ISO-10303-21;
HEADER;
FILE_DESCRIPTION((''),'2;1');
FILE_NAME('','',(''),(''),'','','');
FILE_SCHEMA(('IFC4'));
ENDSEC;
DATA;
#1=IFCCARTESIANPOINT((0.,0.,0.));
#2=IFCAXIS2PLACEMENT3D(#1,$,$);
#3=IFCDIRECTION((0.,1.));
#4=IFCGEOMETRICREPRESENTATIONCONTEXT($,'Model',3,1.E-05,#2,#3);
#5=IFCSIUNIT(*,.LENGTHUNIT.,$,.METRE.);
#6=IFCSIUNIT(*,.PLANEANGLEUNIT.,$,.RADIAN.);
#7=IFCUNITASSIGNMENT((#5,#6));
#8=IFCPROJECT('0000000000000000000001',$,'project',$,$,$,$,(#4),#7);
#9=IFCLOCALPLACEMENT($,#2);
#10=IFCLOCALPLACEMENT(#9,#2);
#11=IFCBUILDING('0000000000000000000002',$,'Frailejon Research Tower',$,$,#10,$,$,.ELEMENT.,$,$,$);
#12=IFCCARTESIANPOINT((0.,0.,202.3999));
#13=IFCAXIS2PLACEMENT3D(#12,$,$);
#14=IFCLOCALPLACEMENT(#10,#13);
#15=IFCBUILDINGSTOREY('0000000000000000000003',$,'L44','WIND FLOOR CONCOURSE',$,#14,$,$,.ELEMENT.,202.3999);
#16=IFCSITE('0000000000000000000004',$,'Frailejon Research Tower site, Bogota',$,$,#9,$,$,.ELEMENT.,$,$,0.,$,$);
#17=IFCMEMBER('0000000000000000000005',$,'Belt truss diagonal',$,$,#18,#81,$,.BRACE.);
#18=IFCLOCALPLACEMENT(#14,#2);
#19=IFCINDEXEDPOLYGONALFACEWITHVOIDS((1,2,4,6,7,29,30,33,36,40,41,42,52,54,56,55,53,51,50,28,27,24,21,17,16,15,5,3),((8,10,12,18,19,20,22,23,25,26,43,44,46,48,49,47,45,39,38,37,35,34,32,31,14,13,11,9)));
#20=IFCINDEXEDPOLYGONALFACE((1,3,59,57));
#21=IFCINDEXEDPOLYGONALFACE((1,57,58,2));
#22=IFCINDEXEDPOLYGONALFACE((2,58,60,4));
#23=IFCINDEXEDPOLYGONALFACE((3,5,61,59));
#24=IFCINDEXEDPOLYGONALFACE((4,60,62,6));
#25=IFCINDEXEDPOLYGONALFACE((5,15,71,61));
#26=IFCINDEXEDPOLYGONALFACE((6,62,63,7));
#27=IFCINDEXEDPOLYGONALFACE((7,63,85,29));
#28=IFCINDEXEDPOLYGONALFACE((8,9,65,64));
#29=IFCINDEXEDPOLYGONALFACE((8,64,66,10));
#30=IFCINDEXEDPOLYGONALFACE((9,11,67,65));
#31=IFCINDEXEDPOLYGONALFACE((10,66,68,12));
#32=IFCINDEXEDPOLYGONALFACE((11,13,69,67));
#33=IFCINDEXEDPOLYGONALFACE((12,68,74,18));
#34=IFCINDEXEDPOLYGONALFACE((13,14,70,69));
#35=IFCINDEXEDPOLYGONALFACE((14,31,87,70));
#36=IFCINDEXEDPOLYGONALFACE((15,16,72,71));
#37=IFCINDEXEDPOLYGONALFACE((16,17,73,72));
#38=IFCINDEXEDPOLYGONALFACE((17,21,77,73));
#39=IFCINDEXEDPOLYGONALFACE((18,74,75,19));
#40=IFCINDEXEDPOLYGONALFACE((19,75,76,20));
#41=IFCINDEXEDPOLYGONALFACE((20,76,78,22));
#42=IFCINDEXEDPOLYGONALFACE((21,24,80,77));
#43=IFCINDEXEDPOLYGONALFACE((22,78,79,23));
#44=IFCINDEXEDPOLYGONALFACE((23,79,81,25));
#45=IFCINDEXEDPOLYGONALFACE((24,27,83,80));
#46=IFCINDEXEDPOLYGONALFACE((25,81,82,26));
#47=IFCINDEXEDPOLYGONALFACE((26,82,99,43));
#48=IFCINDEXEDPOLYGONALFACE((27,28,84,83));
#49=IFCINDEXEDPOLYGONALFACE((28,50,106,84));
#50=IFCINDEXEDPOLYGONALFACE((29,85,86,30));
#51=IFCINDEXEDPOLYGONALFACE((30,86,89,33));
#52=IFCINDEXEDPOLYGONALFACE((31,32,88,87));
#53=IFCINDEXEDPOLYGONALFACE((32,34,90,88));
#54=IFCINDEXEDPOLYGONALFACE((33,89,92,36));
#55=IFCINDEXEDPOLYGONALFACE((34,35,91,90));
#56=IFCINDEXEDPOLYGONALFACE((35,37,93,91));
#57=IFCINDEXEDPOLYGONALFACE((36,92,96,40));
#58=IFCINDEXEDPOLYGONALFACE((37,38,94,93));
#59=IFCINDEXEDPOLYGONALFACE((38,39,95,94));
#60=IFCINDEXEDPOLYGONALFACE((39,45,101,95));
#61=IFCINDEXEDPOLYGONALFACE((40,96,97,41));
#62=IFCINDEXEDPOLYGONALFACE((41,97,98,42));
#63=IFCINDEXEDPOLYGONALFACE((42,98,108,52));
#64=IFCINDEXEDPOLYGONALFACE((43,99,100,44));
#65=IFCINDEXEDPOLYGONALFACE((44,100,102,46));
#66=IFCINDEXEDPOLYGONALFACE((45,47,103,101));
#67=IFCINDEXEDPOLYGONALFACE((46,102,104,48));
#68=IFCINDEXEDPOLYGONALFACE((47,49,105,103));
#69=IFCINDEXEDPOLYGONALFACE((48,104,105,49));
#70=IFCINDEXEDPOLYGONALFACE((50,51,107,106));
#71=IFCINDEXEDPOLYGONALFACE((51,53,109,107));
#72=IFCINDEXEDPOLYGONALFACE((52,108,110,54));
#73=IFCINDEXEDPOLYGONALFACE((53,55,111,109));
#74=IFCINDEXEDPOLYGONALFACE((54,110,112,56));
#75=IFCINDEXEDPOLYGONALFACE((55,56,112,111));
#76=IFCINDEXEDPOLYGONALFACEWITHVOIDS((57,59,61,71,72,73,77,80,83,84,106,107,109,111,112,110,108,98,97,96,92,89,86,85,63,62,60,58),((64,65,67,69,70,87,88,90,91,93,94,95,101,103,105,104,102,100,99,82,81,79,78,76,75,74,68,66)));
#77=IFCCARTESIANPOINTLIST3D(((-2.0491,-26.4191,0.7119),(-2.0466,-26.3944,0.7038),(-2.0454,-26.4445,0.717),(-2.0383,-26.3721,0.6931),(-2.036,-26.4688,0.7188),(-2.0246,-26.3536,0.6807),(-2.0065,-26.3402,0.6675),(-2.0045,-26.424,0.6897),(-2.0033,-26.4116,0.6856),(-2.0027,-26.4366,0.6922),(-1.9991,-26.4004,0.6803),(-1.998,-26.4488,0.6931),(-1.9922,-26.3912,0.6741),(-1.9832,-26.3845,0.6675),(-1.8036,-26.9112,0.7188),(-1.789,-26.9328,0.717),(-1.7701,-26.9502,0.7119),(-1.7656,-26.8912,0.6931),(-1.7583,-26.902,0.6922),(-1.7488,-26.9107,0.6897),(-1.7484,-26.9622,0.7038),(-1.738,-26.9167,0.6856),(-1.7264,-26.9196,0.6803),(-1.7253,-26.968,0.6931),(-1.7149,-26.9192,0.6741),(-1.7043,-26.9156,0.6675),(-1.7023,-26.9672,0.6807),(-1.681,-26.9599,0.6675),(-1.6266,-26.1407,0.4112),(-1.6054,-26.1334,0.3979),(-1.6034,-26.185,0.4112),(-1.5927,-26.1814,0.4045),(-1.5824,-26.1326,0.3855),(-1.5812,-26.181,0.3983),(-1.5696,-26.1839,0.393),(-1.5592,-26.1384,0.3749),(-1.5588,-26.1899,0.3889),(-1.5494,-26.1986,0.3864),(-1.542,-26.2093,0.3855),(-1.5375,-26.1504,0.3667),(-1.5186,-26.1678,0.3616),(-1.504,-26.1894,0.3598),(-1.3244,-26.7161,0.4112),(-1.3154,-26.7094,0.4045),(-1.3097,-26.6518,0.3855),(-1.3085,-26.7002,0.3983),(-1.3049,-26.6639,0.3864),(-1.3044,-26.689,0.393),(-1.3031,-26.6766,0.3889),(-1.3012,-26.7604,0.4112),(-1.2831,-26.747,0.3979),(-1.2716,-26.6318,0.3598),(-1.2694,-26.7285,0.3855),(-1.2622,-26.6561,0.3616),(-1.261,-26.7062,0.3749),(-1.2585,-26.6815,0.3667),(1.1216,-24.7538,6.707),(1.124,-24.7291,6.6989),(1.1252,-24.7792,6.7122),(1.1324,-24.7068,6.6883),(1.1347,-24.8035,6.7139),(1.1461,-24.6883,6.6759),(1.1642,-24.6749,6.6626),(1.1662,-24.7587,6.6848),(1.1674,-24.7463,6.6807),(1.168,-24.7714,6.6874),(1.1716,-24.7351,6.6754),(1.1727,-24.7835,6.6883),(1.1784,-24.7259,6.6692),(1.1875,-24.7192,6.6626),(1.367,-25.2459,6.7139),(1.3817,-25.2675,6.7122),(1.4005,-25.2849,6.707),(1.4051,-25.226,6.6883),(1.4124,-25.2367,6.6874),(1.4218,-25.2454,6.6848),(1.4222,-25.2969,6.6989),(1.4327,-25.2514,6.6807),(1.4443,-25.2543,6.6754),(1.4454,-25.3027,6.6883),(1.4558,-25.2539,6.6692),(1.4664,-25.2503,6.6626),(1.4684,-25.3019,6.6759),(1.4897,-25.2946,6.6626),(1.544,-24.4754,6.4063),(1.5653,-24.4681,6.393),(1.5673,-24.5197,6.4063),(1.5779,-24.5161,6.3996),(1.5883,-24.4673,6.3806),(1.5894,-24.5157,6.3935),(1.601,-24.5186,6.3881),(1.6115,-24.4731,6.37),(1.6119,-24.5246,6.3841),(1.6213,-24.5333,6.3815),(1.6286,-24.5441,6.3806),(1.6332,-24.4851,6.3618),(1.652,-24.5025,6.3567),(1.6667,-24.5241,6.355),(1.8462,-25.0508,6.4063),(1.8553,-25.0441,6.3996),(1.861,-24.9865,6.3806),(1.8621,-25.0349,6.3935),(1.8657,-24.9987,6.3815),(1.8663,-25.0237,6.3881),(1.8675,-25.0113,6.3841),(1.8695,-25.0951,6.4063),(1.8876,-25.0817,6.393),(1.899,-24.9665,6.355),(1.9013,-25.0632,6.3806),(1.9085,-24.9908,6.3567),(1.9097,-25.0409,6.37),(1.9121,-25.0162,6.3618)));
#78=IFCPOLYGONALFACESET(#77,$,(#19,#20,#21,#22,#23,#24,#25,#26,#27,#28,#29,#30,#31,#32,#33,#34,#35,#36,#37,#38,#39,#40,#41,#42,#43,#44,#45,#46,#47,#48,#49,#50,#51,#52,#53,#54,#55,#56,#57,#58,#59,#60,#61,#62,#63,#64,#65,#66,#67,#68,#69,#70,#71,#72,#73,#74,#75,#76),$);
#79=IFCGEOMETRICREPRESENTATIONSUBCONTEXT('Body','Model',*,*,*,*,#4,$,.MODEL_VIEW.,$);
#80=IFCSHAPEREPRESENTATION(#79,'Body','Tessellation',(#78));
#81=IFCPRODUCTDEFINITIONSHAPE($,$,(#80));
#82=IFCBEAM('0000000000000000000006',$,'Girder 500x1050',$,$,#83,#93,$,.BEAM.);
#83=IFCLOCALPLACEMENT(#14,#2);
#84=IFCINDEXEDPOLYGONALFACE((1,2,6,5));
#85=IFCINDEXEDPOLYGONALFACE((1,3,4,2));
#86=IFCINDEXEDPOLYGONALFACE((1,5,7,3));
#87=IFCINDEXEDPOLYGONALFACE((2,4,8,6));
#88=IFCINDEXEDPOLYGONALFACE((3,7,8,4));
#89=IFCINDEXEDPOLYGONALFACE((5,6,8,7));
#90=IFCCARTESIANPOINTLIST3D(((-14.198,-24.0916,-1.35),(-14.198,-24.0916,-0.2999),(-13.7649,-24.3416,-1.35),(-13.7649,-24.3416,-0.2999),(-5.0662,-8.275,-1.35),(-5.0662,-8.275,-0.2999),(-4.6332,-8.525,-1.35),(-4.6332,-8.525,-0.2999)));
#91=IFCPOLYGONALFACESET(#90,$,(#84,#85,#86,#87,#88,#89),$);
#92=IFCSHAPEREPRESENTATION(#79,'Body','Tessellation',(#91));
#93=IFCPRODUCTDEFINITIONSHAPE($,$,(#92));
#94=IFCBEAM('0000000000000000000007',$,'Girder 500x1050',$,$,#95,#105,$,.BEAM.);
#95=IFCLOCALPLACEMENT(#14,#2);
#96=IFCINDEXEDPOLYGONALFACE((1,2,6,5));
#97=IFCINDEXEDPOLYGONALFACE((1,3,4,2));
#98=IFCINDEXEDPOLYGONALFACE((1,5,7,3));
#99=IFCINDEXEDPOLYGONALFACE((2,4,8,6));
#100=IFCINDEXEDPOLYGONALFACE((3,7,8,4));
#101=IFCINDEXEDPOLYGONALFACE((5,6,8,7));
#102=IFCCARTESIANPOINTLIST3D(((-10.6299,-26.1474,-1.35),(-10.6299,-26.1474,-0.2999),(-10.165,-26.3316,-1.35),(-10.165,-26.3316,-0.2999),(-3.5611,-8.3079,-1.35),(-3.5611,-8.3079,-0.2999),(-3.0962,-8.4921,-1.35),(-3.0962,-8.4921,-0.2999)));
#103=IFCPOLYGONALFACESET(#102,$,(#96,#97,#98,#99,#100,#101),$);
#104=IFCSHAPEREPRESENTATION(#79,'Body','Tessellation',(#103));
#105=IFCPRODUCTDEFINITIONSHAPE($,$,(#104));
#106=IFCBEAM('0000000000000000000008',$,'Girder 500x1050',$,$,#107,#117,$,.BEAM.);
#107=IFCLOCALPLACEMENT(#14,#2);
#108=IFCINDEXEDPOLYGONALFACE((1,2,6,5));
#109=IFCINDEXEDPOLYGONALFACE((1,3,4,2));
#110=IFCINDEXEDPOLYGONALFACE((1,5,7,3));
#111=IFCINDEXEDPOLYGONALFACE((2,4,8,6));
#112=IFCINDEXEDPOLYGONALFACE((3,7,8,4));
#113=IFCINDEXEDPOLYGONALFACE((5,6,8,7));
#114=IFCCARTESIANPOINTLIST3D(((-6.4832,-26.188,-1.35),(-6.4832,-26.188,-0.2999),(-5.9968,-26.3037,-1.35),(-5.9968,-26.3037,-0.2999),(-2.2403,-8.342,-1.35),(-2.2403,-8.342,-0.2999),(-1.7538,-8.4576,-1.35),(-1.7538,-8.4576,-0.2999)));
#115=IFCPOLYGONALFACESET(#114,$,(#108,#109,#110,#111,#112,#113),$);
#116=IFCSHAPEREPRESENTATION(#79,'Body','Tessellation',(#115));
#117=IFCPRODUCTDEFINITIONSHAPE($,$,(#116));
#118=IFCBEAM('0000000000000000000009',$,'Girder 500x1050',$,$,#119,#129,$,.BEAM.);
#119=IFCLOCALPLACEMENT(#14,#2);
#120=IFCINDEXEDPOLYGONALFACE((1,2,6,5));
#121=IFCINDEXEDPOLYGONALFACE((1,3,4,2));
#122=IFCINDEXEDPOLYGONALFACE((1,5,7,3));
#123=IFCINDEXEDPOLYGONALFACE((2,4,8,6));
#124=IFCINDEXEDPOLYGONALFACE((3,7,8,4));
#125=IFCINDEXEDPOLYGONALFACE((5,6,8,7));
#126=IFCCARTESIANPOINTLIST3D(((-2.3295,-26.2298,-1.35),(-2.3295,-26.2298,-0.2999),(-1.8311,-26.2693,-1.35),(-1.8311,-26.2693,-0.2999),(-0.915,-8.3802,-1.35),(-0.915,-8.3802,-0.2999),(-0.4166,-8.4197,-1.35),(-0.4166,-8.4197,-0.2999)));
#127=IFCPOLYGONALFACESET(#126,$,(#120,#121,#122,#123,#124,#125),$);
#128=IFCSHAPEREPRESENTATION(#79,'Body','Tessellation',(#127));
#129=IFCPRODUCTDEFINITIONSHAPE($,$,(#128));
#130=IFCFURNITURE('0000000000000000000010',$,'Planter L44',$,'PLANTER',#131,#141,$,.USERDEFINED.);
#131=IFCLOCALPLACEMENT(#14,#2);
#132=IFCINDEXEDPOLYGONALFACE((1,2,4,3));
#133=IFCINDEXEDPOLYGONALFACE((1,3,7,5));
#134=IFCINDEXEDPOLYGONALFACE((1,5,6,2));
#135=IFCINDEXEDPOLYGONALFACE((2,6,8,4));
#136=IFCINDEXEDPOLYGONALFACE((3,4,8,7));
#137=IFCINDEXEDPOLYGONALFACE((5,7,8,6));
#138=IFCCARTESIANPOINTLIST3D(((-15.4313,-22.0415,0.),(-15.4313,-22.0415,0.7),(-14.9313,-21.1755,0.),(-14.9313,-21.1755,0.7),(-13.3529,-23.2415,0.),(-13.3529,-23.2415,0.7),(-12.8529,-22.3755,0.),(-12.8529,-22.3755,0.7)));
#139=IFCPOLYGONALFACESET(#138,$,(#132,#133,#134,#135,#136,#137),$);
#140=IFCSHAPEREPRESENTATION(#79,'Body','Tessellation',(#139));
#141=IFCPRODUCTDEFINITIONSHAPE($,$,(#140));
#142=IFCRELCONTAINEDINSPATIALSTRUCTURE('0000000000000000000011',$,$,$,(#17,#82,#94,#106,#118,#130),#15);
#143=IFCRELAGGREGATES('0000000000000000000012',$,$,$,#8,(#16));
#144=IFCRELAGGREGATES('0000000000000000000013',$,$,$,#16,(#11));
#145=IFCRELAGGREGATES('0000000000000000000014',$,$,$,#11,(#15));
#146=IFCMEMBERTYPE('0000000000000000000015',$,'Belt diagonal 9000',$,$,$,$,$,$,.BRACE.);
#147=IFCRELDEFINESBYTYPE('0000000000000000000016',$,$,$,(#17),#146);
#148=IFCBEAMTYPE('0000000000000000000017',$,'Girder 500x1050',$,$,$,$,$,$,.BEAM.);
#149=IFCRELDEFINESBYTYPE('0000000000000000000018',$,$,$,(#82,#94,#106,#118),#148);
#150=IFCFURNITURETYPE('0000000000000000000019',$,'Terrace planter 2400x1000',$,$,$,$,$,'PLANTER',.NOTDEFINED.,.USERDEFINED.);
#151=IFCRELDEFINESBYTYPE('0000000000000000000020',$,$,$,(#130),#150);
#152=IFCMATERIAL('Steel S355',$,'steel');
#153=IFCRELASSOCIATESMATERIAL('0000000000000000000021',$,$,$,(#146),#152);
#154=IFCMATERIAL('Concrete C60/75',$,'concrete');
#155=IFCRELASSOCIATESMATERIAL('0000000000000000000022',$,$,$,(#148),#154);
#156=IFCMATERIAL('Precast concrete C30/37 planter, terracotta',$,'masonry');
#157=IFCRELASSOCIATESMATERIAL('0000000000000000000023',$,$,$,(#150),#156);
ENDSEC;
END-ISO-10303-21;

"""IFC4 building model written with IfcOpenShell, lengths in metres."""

from ifc_helpers import new_model, si_unit, direction, frame, origin, origin_2d, place, context, subcontext, project, spatial, rectangle, hollow_rectangle, extrude, material, material_profile, profile_set, type_object, element, save


model = new_model("IFC4")

# Units and contexts
model_context = context("Model", 3, precision=1e-05, world=origin(), true_north=direction((0.0, 1.0)))
body_context = subcontext(model_context, "Body", "Model", "MODEL_VIEW")
ifc_project = project(units=[si_unit("LENGTHUNIT", "METRE"), si_unit("PLANEANGLEUNIT", "RADIAN")], contexts=[model_context])

# Site, building, storey
site_placement = place(None, origin())
site = spatial("IfcSite", under=ifc_project, at=site_placement, Name="Frailejon Research Tower site, Bogota", CompositionType="ELEMENT", RefElevation=0.0)
building_placement = place(site_placement, origin())
building = spatial("IfcBuilding", under=site, at=building_placement, Name="Frailejon Research Tower", CompositionType="ELEMENT")
storey_placement = place(building_placement, frame((0.0, 0.0, 202.3999)))
storey = spatial("IfcBuildingStorey", under=building, at=storey_placement, Name="L44", Description="WIND FLOOR CONCOURSE", CompositionType="ELEMENT", Elevation=202.3999)

# Member
ifc_material_1 = material(Name="Steel S355", Category="steel")
ifc_material_profile_1 = material_profile(ifc_material_1, hollow_rectangle(XDim=0.7, YDim=0.7, WallThickness=0.05, InnerFilletRadius=0.05, OuterFilletRadius=0.1001, at=origin_2d()), Name="Belt diagonal 9000")
ifc_profile_set_1 = profile_set([ifc_material_profile_1], Name="Steel S355")
member_type = type_object("IfcMemberType", Name="Belt diagonal 9000", PredefinedType="BRACE", material=ifc_profile_set_1)
member_1_placement = place(storey_placement, frame((-1.6538, -26.5503, 0.5393), z_axis=(0.454028, 0.238464, 0.858483), x_axis=(-0.464985, 0.885319, 0.0)))
element("IfcMember", 1, at=member_1_placement, inside=storey, type_object=member_type, Name="Belt truss diagonal", PredefinedType="BRACE", context=body_context, shape_type="SweptSolid", body=[
    extrude(hollow_rectangle(XDim=0.7, YDim=0.7, WallThickness=0.05, InnerFilletRadius=0.05, OuterFilletRadius=0.1001, at=origin_2d()), origin(), (0.0, 0.0, 1.0), 6.9834),
])

# Beams
ifc_material_2 = material(Name="Concrete C60/75", Category="concrete")
ifc_material_profile_2 = material_profile(ifc_material_2, rectangle(XDim=0.5, YDim=1.05, at=origin_2d()), Name="Girder 500x1050")
ifc_profile_set_2 = profile_set([ifc_material_profile_2], Name="Concrete C60/75")
beam_type_1 = type_object("IfcBeamType", Name="Girder 500x1050", PredefinedType="BEAM", material=ifc_profile_set_2)
beam_1_placement = place(storey_placement, frame((-13.9814, -24.2166, -0.825), z_axis=(0.500004, 0.866023, 0.0), x_axis=(-0.866023, 0.500004, 0.0)))
element("IfcBeam", 2, at=beam_1_placement, inside=storey, type_object=beam_type_1, Name="Girder 500x1050", PredefinedType="BEAM", context=body_context, shape_type="SweptSolid", body=[
    extrude(rectangle(XDim=0.5, YDim=1.05, at=origin_2d()), origin(), (0.0, 0.0, 1.0), 18.2634),
])
beam_2_placement = place(storey_placement, frame((-10.3975, -26.2395, -0.825), z_axis=(0.368379, 0.929676, 0.0), x_axis=(-0.929676, 0.368379, 0.0)))
element("IfcBeam", 3, at=beam_2_placement, inside=storey, type_object=beam_type_1, Name="Girder 500x1050", PredefinedType="BEAM", context=body_context, shape_type="SweptSolid", body=[
    extrude(rectangle(XDim=0.5, YDim=1.05, at=origin_2d()), origin(), (0.0, 0.0, 1.0), 19.189),
])
beam_3_placement = place(storey_placement, frame((-6.24, -26.2458, -0.825), z_axis=(0.231305, 0.972881, 0.0), x_axis=(-0.972881, 0.231305, 0.0)))
element("IfcBeam", 4, at=beam_3_placement, inside=storey, type_object=beam_type_1, Name="Girder 500x1050", PredefinedType="BEAM", context=body_context, shape_type="SweptSolid", body=[
    extrude(rectangle(XDim=0.5, YDim=1.05, at=origin_2d()), origin(), (0.0, 0.0, 1.0), 18.3435),
])
beam_4_placement = place(storey_placement, frame((-2.0803, -26.2495, -0.825), z_axis=(0.079001, 0.996875, 0.0), x_axis=(-0.996875, 0.079001, 0.0)))
element("IfcBeam", 5, at=beam_4_placement, inside=storey, type_object=beam_type_1, Name="Girder 500x1050", PredefinedType="BEAM", context=body_context, shape_type="SweptSolid", body=[
    extrude(rectangle(XDim=0.5, YDim=1.05, at=origin_2d()), origin(), (0.0, 0.0, 1.0), 17.9055),
])

# Furniture
ifc_material_3 = material(Name="Precast concrete C30/37 planter, terracotta", Category="masonry")
furniture_type = type_object("IfcFurnitureType", Name="Terrace planter 2400x1000", ElementType="PLANTER", AssemblyPlace="NOTDEFINED", PredefinedType="USERDEFINED", material=ifc_material_3)
furniture_placement = place(storey_placement, frame((-14.1421, -22.2085, 0.0), z_axis=(0.0, 0.0, 1.0), x_axis=(0.866025, -0.5, 0.0)))
element("IfcFurniture", 6, at=furniture_placement, inside=storey, type_object=furniture_type, Name="Planter L44", ObjectType="PLANTER", PredefinedType="USERDEFINED", context=body_context, shape_type="SweptSolid", body=[
    extrude(rectangle(XDim=2.3999, YDim=1.0, at=origin_2d()), origin(), (0.0, 0.0, 1.0), 0.7),
])

save(model, "model.ifc")
